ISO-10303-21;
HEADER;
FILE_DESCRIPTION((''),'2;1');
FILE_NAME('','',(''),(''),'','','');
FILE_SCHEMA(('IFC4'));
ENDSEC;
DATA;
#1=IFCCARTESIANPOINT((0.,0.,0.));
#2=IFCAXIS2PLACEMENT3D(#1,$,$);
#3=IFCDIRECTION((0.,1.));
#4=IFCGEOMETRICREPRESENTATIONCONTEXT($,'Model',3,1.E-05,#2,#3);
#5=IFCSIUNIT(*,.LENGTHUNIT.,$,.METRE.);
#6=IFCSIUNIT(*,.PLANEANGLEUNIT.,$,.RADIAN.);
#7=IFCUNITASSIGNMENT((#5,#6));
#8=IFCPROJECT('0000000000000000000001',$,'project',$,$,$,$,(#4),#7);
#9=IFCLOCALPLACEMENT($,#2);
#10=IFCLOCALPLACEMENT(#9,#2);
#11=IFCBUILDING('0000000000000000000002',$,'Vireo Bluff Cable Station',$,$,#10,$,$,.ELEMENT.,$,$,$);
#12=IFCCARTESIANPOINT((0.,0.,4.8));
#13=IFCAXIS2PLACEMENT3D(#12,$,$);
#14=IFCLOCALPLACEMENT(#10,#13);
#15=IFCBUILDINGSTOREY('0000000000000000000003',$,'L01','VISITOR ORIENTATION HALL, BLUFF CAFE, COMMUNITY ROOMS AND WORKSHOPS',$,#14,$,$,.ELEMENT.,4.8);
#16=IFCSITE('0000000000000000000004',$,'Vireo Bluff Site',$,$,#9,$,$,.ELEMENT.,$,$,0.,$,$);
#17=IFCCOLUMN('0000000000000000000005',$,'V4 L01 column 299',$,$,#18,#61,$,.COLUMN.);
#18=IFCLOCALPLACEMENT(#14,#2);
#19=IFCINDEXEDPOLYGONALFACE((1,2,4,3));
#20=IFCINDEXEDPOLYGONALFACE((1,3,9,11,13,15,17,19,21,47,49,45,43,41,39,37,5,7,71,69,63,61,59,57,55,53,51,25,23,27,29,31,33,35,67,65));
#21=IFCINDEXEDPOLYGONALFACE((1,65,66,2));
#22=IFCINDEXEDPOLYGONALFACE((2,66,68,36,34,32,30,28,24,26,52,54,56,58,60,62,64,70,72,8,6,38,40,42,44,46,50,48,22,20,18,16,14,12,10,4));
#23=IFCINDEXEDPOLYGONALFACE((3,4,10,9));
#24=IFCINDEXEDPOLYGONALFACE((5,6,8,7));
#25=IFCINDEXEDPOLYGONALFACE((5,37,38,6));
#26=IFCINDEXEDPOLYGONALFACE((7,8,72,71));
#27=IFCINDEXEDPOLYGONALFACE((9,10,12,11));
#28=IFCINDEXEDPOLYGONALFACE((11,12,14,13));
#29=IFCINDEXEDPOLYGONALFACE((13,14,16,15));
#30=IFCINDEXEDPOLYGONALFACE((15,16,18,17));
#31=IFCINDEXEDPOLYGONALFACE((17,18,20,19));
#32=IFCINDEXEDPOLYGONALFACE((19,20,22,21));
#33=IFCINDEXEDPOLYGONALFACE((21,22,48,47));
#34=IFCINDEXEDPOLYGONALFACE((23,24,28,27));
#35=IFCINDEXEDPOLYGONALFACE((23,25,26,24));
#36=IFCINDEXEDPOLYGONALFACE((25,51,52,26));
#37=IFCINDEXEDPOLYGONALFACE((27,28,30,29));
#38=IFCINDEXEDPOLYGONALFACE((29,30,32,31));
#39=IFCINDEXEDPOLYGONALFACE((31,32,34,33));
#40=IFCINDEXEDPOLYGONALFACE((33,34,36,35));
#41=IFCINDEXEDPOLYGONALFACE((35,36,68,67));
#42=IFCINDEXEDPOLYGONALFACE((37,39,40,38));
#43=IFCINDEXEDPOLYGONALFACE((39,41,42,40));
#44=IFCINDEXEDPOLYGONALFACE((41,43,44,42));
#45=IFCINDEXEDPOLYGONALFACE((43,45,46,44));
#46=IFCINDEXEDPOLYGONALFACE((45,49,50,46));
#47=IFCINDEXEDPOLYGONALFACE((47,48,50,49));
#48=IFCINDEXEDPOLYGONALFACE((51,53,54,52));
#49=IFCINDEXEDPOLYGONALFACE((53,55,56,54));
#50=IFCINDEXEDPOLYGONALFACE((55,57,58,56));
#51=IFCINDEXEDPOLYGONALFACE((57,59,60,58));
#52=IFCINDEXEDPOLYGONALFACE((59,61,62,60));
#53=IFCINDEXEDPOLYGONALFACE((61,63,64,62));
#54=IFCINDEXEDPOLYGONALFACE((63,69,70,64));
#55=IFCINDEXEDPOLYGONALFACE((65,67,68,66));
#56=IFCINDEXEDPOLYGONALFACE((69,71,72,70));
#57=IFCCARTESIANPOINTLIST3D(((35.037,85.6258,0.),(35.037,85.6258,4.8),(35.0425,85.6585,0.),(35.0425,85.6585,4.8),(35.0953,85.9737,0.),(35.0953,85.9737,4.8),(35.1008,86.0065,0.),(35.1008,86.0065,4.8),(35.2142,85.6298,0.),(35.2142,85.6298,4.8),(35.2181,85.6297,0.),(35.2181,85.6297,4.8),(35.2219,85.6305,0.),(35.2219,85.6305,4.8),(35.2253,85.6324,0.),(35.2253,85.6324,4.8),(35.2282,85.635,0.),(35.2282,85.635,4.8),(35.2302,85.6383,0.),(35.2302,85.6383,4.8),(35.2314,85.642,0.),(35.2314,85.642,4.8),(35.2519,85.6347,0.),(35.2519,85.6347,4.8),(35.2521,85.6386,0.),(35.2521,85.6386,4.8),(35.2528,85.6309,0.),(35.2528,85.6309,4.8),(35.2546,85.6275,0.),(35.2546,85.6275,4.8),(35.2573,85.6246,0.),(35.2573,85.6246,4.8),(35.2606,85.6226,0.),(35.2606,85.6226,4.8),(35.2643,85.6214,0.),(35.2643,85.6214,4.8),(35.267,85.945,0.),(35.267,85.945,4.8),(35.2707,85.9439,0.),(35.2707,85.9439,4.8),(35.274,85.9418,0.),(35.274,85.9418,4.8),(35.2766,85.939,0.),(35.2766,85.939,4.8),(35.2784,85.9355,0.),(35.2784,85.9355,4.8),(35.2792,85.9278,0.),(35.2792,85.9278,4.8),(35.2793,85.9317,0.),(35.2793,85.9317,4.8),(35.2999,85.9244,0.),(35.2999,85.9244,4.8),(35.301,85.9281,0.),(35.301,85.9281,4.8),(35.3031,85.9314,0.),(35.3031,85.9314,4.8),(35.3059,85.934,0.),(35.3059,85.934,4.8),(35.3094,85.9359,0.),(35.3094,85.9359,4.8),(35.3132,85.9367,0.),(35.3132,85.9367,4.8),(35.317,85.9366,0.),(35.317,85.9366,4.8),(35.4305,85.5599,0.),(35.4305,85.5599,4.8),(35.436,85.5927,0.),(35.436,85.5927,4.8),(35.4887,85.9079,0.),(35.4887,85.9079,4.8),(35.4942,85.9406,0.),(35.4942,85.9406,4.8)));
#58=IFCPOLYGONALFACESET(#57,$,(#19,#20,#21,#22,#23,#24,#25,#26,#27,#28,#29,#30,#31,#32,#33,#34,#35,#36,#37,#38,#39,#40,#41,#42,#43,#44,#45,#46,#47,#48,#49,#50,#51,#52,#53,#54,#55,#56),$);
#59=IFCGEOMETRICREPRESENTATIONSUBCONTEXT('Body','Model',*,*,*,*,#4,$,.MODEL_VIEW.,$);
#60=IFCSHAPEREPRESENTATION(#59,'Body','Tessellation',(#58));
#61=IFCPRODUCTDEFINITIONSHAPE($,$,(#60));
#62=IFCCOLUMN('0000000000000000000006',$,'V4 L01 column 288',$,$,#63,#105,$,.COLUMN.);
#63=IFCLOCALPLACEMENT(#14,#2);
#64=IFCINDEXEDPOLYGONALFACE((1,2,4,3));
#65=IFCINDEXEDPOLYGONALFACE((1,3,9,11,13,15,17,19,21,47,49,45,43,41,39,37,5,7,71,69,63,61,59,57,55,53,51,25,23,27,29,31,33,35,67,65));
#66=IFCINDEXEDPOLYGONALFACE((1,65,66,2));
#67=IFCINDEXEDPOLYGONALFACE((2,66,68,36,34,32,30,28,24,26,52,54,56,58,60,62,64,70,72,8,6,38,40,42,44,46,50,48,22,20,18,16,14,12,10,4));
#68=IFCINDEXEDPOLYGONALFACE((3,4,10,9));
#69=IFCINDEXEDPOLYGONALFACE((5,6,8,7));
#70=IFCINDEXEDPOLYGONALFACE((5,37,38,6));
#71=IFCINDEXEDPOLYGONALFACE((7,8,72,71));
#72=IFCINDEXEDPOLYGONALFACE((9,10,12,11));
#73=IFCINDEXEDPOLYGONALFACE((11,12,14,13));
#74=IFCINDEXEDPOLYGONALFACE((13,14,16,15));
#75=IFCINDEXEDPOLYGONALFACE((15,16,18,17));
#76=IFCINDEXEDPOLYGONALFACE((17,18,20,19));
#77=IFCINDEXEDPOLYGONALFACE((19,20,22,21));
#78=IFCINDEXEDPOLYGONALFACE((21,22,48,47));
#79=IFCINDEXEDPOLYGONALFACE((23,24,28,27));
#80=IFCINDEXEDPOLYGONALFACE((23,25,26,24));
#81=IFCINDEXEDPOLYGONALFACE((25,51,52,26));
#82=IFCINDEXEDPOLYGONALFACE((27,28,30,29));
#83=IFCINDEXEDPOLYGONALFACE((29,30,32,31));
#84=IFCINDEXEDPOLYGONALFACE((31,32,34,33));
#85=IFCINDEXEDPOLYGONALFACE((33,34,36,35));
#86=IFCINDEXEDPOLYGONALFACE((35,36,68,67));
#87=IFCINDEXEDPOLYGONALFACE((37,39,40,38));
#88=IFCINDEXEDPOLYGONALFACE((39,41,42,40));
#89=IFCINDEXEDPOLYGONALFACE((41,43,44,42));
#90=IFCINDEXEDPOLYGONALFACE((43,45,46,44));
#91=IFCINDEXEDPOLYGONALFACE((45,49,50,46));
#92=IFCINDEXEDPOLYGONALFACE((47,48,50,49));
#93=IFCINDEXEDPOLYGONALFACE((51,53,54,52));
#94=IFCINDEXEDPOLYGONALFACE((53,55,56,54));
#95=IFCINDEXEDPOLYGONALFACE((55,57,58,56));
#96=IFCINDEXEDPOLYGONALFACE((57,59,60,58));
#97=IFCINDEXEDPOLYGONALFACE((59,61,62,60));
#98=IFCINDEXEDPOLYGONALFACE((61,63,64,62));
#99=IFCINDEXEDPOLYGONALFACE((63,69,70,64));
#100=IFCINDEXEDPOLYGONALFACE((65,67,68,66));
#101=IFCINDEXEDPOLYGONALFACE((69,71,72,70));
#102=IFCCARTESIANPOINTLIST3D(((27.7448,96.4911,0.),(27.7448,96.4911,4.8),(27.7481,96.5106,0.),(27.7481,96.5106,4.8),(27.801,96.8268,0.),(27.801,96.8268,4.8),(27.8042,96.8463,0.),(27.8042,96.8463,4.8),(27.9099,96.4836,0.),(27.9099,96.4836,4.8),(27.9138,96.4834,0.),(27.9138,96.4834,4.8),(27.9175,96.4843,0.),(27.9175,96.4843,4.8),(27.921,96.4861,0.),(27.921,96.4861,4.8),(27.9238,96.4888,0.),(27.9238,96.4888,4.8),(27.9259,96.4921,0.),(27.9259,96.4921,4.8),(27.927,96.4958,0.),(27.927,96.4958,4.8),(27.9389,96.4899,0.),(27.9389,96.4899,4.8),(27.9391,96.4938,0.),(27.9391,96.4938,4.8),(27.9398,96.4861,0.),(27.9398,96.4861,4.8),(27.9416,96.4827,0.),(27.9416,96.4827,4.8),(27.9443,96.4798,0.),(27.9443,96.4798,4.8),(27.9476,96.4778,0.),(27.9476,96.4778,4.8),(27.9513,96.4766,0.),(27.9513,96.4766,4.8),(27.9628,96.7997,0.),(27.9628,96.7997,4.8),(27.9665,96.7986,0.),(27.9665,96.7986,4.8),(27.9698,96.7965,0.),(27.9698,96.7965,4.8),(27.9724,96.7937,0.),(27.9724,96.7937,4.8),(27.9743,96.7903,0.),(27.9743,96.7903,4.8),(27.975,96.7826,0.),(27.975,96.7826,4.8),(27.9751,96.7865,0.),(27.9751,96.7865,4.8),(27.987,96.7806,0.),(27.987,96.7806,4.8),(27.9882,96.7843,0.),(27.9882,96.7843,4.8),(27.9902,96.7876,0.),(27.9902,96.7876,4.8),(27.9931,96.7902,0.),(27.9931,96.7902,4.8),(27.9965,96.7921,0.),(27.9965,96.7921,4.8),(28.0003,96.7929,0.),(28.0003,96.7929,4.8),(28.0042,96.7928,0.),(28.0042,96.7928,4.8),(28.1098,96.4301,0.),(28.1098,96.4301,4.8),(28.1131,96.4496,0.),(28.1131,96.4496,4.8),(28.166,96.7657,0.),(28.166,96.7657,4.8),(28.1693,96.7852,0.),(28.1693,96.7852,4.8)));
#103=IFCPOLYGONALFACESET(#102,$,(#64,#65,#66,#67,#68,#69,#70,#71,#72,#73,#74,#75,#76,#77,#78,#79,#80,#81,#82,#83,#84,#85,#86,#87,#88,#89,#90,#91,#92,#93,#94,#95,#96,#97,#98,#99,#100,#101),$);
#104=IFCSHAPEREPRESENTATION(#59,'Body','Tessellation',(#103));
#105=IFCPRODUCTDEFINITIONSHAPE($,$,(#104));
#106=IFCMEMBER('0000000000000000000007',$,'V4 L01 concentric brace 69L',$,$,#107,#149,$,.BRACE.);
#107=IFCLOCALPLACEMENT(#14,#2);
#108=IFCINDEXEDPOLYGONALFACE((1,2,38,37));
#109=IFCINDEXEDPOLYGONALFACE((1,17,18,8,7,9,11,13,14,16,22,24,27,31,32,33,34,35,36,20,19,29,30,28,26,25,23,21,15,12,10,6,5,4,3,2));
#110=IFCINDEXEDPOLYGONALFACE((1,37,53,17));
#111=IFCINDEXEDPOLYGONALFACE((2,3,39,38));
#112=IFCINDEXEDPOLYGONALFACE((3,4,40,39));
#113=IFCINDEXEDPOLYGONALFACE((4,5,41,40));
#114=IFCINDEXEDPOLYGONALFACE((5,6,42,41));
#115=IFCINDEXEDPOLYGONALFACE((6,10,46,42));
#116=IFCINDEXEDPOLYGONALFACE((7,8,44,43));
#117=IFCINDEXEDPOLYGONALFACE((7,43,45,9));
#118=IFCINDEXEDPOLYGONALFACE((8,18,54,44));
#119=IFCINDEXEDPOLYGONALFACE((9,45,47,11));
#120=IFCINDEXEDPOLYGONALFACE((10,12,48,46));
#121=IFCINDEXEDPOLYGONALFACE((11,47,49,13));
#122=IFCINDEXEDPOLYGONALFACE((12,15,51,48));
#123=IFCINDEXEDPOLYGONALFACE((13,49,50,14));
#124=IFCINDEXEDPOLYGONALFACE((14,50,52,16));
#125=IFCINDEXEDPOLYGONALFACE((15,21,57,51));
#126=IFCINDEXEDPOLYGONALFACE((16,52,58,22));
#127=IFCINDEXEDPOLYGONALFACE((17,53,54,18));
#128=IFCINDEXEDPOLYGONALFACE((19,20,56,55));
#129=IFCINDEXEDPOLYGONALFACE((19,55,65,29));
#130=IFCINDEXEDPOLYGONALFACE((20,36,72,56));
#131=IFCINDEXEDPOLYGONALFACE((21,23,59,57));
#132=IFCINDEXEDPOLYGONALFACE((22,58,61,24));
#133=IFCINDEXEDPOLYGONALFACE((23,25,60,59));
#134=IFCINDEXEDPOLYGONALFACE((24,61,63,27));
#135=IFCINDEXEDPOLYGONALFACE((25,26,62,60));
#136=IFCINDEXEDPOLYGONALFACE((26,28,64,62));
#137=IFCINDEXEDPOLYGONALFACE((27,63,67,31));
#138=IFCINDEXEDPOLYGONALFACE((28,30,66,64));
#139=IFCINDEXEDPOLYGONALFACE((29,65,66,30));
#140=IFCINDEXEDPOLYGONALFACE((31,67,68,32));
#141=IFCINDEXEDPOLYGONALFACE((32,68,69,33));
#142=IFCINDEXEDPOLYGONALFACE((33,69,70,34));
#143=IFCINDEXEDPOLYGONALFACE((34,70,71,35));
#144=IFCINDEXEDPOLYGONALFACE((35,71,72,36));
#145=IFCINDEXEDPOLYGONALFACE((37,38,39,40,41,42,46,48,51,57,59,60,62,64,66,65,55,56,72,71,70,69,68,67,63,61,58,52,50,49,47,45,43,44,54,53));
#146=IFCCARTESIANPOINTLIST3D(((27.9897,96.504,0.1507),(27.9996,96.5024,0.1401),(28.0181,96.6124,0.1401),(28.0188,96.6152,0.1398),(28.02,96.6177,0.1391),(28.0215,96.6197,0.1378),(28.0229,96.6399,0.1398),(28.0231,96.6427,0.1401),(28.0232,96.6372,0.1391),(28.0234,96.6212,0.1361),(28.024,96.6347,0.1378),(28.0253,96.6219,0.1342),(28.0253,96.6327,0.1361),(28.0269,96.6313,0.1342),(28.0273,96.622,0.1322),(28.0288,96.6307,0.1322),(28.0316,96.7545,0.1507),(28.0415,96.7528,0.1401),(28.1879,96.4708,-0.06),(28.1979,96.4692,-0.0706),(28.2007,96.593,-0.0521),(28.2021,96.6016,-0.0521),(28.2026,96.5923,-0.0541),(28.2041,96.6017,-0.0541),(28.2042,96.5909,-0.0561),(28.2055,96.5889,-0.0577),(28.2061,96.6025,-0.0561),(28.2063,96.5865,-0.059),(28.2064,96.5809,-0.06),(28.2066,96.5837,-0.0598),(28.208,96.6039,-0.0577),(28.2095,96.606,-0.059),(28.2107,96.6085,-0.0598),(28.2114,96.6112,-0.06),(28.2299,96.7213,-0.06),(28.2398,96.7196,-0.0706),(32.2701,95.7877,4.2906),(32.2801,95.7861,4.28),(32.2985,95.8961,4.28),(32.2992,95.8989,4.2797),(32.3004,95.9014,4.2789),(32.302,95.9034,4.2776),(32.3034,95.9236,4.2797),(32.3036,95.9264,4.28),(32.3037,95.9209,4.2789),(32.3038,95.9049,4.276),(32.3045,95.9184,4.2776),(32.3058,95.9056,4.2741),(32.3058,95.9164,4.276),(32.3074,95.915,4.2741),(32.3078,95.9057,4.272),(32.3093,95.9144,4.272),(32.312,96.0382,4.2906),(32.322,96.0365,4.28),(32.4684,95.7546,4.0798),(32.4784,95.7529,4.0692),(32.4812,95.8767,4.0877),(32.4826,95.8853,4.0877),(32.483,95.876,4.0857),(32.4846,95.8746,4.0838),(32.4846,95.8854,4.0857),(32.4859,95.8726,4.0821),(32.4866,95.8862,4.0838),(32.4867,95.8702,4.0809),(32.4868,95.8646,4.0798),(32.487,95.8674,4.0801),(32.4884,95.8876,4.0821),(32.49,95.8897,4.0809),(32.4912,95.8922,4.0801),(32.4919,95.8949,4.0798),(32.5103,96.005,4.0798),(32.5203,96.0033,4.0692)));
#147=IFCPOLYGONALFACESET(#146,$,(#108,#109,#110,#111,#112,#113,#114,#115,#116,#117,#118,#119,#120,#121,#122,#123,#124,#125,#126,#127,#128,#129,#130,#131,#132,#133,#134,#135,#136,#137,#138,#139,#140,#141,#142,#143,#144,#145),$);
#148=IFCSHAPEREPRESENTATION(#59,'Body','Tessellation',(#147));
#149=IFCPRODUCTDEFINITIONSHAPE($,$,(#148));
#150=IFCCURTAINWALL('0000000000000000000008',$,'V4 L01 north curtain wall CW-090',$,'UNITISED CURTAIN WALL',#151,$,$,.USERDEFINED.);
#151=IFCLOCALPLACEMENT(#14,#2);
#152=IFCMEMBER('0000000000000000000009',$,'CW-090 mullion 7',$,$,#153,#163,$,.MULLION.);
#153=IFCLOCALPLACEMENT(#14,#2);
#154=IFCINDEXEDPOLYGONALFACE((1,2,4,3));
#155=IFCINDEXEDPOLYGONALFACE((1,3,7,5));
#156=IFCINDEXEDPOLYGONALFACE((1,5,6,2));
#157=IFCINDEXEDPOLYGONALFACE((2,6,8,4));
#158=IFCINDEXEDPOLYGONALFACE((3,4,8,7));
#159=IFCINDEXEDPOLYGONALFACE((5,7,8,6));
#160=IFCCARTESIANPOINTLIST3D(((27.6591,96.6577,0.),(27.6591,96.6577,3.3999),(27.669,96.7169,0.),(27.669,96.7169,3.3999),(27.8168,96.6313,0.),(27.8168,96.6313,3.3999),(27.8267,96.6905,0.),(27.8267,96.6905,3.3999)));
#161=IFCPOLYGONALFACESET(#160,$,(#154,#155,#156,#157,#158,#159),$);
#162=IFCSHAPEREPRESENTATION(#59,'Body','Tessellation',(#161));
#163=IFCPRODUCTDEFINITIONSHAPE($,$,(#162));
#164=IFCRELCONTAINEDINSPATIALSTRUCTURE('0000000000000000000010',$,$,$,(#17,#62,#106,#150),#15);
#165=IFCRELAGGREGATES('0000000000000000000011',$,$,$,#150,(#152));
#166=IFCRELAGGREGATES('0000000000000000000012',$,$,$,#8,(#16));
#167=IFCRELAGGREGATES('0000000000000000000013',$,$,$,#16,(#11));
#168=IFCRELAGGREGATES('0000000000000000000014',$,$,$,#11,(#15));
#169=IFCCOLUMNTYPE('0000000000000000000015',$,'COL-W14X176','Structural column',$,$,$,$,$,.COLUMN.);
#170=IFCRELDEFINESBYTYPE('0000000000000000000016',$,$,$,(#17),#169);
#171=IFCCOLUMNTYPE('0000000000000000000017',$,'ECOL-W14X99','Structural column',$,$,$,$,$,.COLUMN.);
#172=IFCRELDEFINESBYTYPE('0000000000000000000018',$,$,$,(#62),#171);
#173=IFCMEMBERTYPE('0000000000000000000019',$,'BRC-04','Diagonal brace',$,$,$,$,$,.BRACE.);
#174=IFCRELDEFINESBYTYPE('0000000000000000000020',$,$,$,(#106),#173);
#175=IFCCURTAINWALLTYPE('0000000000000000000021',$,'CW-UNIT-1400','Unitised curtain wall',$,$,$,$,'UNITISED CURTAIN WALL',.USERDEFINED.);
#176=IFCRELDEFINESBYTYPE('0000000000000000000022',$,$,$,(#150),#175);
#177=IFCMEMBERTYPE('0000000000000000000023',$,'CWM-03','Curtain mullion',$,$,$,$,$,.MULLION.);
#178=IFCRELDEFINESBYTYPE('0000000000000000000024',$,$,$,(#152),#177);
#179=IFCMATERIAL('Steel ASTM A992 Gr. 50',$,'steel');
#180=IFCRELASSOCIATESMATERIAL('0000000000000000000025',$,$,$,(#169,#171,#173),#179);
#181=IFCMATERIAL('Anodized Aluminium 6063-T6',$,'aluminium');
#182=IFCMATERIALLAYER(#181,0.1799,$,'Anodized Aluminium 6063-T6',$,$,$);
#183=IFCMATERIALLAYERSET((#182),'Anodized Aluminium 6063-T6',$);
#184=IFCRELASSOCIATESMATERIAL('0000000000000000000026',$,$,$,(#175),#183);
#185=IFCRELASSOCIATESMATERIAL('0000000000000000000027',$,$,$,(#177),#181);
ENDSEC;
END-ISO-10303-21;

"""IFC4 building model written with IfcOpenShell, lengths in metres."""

from ifc_helpers import new_model, si_unit, direction, frame, origin, origin_2d, place, context, subcontext, project, spatial, rectangle, i_section, extrude, material, layer, layer_set, material_profile, profile_set, type_object, element, aggregate, save


model = new_model("IFC4")

# Units and contexts
model_context = context("Model", 3, precision=1e-05, world=origin(), true_north=direction((0.0, 1.0)))
body_context = subcontext(model_context, "Body", "Model", "MODEL_VIEW")
ifc_project = project(units=[si_unit("LENGTHUNIT", "METRE"), si_unit("PLANEANGLEUNIT", "RADIAN")], contexts=[model_context])

# Site, building, storey
site_placement = place(None, origin())
site = spatial("IfcSite", under=ifc_project, at=site_placement, Name="Vireo Bluff Site", CompositionType="ELEMENT", RefElevation=0.0)
building_placement = place(site_placement, origin())
building = spatial("IfcBuilding", under=site, at=building_placement, Name="Vireo Bluff Cable Station", CompositionType="ELEMENT")
storey_placement = place(building_placement, frame((0.0, 0.0, 4.8)))
storey = spatial("IfcBuildingStorey", under=building, at=storey_placement, Name="L01", Description="VISITOR ORIENTATION HALL, BLUFF CAFE, COMMUNITY ROOMS AND WORKSHOPS", CompositionType="ELEMENT", Elevation=4.8)

# Columns
ifc_material_1 = material(Name="Steel ASTM A992 Gr. 50", Category="steel")
ifc_material_profile_1 = material_profile(ifc_material_1, i_section(OverallWidth=0.3989, OverallDepth=0.386, WebThickness=0.021, FlangeThickness=0.0332, FilletRadius=0.0149, at=origin_2d()), Name="W14X176")
ifc_profile_set_1 = profile_set([ifc_material_profile_1], Name="Steel ASTM A992 Gr. 50")
column_type_1 = type_object("IfcColumnType", Name="COL-W14X176", Description="Structural column", PredefinedType="COLUMN", material=ifc_profile_set_1)
column_1_placement = place(storey_placement, frame((35.2656, 85.7832, 0.0), z_axis=(0.0, 0.0, 1.0), x_axis=(0.986286, -0.165048, 0.0)))
element("IfcColumn", 1, at=column_1_placement, inside=storey, type_object=column_type_1, Name="V4 L01 column 299", PredefinedType="COLUMN", context=body_context, shape_type="SweptSolid", body=[
    extrude(i_section(OverallWidth=0.3989, OverallDepth=0.386, WebThickness=0.021, FlangeThickness=0.0332, FilletRadius=0.0149, at=origin_2d()), origin(), (0.0, 0.0, 1.0), 4.8),
])
ifc_material_profile_2 = material_profile(ifc_material_1, i_section(OverallWidth=0.3701, OverallDepth=0.3601, WebThickness=0.0122, FlangeThickness=0.0198, FilletRadius=0.0149, at=origin_2d()), Name="W14X99")
ifc_profile_set_2 = profile_set([ifc_material_profile_2], Name="Steel ASTM A992 Gr. 50")
column_type_2 = type_object("IfcColumnType", Name="ECOL-W14X99", Description="Structural column", PredefinedType="COLUMN", material=ifc_profile_set_2)
column_2_placement = place(storey_placement, frame((27.957, 96.6382, 0.0), z_axis=(0.0, 0.0, 1.0), x_axis=(0.986286, -0.165048, 0.0)))
element("IfcColumn", 2, at=column_2_placement, inside=storey, type_object=column_type_2, Name="V4 L01 column 288", PredefinedType="COLUMN", context=body_context, shape_type="SweptSolid", body=[
    extrude(i_section(OverallWidth=0.3701, OverallDepth=0.3601, WebThickness=0.0122, FlangeThickness=0.0198, FilletRadius=0.0149, at=origin_2d()), origin(), (0.0, 0.0, 1.0), 4.8),
])

# Member
ifc_material_profile_3 = material_profile(ifc_material_1, i_section(OverallWidth=0.2539, OverallDepth=0.3059, WebThickness=0.0088, FlangeThickness=0.0146, FilletRadius=0.011, at=origin_2d()), Name="W12X53")
ifc_profile_set_3 = profile_set([ifc_material_profile_3], Name="Steel ASTM A992 Gr. 50")
member_type_1 = type_object("IfcMemberType", Name="BRC-04", Description="Diagonal brace", PredefinedType="BRACE", material=ifc_profile_set_3)
member_1_placement = place(storey_placement, frame((28.1147, 96.6118, 0.04), z_axis=(0.713671, -0.119427, 0.690225), x_axis=(0.165047, 0.986286, 0.0)))
element("IfcMember", 3, at=member_1_placement, inside=storey, type_object=member_type_1, Name="V4 L01 concentric brace 69L", PredefinedType="BRACE", context=body_context, shape_type="SweptSolid", body=[
    extrude(i_section(OverallWidth=0.2539, OverallDepth=0.3059, WebThickness=0.0088, FlangeThickness=0.0146, FilletRadius=0.011, at=origin_2d()), origin(), (0.0, 0.0, 1.0), 5.9978),
])

# Curtain wall, member
ifc_material_2 = material(Name="Anodized Aluminium 6063-T6", Category="aluminium")
ifc_layer_1 = layer(ifc_material_2, 0.1799, Name="Anodized Aluminium 6063-T6")
ifc_layer_set_1 = layer_set([ifc_layer_1], Name="Anodized Aluminium 6063-T6")
curtain_wall_type = type_object("IfcCurtainWallType", Name="CW-UNIT-1400", Description="Unitised curtain wall", ElementType="UNITISED CURTAIN WALL", PredefinedType="USERDEFINED", material=ifc_layer_set_1)
curtain_wall_placement = place(storey_placement, origin())
curtain_wall = element("IfcCurtainWall", 4, at=curtain_wall_placement, inside=storey, type_object=curtain_wall_type, Name="V4 L01 north curtain wall CW-090", ObjectType="UNITISED CURTAIN WALL", PredefinedType="USERDEFINED")
ifc_material_profile_4 = material_profile(ifc_material_2, rectangle(XDim=0.0601, YDim=0.1599, at=origin_2d()), Name="ALU-M-60X160")
ifc_profile_set_4 = profile_set([ifc_material_profile_4], Name="Anodized Aluminium 6063-T6")
member_type_2 = type_object("IfcMemberType", Name="CWM-03", Description="Curtain mullion", PredefinedType="MULLION", material=ifc_profile_set_4)
member_2_placement = place(storey_placement, frame((27.7429, 96.6741, 0.0), z_axis=(0.0, 0.0, 1.0), x_axis=(0.165048, 0.986286, 0.0)))
member_2 = element("IfcMember", 5, at=member_2_placement, type_object=member_type_2, Name="CW-090 mullion 7", PredefinedType="MULLION", context=body_context, shape_type="SweptSolid", body=[
    extrude(rectangle(XDim=0.0601, YDim=0.1599, at=origin_2d()), origin(), (0.0, 0.0, 1.0), 3.3999),
])

aggregate(curtain_wall, [member_2])

save(model, "model.ifc")
